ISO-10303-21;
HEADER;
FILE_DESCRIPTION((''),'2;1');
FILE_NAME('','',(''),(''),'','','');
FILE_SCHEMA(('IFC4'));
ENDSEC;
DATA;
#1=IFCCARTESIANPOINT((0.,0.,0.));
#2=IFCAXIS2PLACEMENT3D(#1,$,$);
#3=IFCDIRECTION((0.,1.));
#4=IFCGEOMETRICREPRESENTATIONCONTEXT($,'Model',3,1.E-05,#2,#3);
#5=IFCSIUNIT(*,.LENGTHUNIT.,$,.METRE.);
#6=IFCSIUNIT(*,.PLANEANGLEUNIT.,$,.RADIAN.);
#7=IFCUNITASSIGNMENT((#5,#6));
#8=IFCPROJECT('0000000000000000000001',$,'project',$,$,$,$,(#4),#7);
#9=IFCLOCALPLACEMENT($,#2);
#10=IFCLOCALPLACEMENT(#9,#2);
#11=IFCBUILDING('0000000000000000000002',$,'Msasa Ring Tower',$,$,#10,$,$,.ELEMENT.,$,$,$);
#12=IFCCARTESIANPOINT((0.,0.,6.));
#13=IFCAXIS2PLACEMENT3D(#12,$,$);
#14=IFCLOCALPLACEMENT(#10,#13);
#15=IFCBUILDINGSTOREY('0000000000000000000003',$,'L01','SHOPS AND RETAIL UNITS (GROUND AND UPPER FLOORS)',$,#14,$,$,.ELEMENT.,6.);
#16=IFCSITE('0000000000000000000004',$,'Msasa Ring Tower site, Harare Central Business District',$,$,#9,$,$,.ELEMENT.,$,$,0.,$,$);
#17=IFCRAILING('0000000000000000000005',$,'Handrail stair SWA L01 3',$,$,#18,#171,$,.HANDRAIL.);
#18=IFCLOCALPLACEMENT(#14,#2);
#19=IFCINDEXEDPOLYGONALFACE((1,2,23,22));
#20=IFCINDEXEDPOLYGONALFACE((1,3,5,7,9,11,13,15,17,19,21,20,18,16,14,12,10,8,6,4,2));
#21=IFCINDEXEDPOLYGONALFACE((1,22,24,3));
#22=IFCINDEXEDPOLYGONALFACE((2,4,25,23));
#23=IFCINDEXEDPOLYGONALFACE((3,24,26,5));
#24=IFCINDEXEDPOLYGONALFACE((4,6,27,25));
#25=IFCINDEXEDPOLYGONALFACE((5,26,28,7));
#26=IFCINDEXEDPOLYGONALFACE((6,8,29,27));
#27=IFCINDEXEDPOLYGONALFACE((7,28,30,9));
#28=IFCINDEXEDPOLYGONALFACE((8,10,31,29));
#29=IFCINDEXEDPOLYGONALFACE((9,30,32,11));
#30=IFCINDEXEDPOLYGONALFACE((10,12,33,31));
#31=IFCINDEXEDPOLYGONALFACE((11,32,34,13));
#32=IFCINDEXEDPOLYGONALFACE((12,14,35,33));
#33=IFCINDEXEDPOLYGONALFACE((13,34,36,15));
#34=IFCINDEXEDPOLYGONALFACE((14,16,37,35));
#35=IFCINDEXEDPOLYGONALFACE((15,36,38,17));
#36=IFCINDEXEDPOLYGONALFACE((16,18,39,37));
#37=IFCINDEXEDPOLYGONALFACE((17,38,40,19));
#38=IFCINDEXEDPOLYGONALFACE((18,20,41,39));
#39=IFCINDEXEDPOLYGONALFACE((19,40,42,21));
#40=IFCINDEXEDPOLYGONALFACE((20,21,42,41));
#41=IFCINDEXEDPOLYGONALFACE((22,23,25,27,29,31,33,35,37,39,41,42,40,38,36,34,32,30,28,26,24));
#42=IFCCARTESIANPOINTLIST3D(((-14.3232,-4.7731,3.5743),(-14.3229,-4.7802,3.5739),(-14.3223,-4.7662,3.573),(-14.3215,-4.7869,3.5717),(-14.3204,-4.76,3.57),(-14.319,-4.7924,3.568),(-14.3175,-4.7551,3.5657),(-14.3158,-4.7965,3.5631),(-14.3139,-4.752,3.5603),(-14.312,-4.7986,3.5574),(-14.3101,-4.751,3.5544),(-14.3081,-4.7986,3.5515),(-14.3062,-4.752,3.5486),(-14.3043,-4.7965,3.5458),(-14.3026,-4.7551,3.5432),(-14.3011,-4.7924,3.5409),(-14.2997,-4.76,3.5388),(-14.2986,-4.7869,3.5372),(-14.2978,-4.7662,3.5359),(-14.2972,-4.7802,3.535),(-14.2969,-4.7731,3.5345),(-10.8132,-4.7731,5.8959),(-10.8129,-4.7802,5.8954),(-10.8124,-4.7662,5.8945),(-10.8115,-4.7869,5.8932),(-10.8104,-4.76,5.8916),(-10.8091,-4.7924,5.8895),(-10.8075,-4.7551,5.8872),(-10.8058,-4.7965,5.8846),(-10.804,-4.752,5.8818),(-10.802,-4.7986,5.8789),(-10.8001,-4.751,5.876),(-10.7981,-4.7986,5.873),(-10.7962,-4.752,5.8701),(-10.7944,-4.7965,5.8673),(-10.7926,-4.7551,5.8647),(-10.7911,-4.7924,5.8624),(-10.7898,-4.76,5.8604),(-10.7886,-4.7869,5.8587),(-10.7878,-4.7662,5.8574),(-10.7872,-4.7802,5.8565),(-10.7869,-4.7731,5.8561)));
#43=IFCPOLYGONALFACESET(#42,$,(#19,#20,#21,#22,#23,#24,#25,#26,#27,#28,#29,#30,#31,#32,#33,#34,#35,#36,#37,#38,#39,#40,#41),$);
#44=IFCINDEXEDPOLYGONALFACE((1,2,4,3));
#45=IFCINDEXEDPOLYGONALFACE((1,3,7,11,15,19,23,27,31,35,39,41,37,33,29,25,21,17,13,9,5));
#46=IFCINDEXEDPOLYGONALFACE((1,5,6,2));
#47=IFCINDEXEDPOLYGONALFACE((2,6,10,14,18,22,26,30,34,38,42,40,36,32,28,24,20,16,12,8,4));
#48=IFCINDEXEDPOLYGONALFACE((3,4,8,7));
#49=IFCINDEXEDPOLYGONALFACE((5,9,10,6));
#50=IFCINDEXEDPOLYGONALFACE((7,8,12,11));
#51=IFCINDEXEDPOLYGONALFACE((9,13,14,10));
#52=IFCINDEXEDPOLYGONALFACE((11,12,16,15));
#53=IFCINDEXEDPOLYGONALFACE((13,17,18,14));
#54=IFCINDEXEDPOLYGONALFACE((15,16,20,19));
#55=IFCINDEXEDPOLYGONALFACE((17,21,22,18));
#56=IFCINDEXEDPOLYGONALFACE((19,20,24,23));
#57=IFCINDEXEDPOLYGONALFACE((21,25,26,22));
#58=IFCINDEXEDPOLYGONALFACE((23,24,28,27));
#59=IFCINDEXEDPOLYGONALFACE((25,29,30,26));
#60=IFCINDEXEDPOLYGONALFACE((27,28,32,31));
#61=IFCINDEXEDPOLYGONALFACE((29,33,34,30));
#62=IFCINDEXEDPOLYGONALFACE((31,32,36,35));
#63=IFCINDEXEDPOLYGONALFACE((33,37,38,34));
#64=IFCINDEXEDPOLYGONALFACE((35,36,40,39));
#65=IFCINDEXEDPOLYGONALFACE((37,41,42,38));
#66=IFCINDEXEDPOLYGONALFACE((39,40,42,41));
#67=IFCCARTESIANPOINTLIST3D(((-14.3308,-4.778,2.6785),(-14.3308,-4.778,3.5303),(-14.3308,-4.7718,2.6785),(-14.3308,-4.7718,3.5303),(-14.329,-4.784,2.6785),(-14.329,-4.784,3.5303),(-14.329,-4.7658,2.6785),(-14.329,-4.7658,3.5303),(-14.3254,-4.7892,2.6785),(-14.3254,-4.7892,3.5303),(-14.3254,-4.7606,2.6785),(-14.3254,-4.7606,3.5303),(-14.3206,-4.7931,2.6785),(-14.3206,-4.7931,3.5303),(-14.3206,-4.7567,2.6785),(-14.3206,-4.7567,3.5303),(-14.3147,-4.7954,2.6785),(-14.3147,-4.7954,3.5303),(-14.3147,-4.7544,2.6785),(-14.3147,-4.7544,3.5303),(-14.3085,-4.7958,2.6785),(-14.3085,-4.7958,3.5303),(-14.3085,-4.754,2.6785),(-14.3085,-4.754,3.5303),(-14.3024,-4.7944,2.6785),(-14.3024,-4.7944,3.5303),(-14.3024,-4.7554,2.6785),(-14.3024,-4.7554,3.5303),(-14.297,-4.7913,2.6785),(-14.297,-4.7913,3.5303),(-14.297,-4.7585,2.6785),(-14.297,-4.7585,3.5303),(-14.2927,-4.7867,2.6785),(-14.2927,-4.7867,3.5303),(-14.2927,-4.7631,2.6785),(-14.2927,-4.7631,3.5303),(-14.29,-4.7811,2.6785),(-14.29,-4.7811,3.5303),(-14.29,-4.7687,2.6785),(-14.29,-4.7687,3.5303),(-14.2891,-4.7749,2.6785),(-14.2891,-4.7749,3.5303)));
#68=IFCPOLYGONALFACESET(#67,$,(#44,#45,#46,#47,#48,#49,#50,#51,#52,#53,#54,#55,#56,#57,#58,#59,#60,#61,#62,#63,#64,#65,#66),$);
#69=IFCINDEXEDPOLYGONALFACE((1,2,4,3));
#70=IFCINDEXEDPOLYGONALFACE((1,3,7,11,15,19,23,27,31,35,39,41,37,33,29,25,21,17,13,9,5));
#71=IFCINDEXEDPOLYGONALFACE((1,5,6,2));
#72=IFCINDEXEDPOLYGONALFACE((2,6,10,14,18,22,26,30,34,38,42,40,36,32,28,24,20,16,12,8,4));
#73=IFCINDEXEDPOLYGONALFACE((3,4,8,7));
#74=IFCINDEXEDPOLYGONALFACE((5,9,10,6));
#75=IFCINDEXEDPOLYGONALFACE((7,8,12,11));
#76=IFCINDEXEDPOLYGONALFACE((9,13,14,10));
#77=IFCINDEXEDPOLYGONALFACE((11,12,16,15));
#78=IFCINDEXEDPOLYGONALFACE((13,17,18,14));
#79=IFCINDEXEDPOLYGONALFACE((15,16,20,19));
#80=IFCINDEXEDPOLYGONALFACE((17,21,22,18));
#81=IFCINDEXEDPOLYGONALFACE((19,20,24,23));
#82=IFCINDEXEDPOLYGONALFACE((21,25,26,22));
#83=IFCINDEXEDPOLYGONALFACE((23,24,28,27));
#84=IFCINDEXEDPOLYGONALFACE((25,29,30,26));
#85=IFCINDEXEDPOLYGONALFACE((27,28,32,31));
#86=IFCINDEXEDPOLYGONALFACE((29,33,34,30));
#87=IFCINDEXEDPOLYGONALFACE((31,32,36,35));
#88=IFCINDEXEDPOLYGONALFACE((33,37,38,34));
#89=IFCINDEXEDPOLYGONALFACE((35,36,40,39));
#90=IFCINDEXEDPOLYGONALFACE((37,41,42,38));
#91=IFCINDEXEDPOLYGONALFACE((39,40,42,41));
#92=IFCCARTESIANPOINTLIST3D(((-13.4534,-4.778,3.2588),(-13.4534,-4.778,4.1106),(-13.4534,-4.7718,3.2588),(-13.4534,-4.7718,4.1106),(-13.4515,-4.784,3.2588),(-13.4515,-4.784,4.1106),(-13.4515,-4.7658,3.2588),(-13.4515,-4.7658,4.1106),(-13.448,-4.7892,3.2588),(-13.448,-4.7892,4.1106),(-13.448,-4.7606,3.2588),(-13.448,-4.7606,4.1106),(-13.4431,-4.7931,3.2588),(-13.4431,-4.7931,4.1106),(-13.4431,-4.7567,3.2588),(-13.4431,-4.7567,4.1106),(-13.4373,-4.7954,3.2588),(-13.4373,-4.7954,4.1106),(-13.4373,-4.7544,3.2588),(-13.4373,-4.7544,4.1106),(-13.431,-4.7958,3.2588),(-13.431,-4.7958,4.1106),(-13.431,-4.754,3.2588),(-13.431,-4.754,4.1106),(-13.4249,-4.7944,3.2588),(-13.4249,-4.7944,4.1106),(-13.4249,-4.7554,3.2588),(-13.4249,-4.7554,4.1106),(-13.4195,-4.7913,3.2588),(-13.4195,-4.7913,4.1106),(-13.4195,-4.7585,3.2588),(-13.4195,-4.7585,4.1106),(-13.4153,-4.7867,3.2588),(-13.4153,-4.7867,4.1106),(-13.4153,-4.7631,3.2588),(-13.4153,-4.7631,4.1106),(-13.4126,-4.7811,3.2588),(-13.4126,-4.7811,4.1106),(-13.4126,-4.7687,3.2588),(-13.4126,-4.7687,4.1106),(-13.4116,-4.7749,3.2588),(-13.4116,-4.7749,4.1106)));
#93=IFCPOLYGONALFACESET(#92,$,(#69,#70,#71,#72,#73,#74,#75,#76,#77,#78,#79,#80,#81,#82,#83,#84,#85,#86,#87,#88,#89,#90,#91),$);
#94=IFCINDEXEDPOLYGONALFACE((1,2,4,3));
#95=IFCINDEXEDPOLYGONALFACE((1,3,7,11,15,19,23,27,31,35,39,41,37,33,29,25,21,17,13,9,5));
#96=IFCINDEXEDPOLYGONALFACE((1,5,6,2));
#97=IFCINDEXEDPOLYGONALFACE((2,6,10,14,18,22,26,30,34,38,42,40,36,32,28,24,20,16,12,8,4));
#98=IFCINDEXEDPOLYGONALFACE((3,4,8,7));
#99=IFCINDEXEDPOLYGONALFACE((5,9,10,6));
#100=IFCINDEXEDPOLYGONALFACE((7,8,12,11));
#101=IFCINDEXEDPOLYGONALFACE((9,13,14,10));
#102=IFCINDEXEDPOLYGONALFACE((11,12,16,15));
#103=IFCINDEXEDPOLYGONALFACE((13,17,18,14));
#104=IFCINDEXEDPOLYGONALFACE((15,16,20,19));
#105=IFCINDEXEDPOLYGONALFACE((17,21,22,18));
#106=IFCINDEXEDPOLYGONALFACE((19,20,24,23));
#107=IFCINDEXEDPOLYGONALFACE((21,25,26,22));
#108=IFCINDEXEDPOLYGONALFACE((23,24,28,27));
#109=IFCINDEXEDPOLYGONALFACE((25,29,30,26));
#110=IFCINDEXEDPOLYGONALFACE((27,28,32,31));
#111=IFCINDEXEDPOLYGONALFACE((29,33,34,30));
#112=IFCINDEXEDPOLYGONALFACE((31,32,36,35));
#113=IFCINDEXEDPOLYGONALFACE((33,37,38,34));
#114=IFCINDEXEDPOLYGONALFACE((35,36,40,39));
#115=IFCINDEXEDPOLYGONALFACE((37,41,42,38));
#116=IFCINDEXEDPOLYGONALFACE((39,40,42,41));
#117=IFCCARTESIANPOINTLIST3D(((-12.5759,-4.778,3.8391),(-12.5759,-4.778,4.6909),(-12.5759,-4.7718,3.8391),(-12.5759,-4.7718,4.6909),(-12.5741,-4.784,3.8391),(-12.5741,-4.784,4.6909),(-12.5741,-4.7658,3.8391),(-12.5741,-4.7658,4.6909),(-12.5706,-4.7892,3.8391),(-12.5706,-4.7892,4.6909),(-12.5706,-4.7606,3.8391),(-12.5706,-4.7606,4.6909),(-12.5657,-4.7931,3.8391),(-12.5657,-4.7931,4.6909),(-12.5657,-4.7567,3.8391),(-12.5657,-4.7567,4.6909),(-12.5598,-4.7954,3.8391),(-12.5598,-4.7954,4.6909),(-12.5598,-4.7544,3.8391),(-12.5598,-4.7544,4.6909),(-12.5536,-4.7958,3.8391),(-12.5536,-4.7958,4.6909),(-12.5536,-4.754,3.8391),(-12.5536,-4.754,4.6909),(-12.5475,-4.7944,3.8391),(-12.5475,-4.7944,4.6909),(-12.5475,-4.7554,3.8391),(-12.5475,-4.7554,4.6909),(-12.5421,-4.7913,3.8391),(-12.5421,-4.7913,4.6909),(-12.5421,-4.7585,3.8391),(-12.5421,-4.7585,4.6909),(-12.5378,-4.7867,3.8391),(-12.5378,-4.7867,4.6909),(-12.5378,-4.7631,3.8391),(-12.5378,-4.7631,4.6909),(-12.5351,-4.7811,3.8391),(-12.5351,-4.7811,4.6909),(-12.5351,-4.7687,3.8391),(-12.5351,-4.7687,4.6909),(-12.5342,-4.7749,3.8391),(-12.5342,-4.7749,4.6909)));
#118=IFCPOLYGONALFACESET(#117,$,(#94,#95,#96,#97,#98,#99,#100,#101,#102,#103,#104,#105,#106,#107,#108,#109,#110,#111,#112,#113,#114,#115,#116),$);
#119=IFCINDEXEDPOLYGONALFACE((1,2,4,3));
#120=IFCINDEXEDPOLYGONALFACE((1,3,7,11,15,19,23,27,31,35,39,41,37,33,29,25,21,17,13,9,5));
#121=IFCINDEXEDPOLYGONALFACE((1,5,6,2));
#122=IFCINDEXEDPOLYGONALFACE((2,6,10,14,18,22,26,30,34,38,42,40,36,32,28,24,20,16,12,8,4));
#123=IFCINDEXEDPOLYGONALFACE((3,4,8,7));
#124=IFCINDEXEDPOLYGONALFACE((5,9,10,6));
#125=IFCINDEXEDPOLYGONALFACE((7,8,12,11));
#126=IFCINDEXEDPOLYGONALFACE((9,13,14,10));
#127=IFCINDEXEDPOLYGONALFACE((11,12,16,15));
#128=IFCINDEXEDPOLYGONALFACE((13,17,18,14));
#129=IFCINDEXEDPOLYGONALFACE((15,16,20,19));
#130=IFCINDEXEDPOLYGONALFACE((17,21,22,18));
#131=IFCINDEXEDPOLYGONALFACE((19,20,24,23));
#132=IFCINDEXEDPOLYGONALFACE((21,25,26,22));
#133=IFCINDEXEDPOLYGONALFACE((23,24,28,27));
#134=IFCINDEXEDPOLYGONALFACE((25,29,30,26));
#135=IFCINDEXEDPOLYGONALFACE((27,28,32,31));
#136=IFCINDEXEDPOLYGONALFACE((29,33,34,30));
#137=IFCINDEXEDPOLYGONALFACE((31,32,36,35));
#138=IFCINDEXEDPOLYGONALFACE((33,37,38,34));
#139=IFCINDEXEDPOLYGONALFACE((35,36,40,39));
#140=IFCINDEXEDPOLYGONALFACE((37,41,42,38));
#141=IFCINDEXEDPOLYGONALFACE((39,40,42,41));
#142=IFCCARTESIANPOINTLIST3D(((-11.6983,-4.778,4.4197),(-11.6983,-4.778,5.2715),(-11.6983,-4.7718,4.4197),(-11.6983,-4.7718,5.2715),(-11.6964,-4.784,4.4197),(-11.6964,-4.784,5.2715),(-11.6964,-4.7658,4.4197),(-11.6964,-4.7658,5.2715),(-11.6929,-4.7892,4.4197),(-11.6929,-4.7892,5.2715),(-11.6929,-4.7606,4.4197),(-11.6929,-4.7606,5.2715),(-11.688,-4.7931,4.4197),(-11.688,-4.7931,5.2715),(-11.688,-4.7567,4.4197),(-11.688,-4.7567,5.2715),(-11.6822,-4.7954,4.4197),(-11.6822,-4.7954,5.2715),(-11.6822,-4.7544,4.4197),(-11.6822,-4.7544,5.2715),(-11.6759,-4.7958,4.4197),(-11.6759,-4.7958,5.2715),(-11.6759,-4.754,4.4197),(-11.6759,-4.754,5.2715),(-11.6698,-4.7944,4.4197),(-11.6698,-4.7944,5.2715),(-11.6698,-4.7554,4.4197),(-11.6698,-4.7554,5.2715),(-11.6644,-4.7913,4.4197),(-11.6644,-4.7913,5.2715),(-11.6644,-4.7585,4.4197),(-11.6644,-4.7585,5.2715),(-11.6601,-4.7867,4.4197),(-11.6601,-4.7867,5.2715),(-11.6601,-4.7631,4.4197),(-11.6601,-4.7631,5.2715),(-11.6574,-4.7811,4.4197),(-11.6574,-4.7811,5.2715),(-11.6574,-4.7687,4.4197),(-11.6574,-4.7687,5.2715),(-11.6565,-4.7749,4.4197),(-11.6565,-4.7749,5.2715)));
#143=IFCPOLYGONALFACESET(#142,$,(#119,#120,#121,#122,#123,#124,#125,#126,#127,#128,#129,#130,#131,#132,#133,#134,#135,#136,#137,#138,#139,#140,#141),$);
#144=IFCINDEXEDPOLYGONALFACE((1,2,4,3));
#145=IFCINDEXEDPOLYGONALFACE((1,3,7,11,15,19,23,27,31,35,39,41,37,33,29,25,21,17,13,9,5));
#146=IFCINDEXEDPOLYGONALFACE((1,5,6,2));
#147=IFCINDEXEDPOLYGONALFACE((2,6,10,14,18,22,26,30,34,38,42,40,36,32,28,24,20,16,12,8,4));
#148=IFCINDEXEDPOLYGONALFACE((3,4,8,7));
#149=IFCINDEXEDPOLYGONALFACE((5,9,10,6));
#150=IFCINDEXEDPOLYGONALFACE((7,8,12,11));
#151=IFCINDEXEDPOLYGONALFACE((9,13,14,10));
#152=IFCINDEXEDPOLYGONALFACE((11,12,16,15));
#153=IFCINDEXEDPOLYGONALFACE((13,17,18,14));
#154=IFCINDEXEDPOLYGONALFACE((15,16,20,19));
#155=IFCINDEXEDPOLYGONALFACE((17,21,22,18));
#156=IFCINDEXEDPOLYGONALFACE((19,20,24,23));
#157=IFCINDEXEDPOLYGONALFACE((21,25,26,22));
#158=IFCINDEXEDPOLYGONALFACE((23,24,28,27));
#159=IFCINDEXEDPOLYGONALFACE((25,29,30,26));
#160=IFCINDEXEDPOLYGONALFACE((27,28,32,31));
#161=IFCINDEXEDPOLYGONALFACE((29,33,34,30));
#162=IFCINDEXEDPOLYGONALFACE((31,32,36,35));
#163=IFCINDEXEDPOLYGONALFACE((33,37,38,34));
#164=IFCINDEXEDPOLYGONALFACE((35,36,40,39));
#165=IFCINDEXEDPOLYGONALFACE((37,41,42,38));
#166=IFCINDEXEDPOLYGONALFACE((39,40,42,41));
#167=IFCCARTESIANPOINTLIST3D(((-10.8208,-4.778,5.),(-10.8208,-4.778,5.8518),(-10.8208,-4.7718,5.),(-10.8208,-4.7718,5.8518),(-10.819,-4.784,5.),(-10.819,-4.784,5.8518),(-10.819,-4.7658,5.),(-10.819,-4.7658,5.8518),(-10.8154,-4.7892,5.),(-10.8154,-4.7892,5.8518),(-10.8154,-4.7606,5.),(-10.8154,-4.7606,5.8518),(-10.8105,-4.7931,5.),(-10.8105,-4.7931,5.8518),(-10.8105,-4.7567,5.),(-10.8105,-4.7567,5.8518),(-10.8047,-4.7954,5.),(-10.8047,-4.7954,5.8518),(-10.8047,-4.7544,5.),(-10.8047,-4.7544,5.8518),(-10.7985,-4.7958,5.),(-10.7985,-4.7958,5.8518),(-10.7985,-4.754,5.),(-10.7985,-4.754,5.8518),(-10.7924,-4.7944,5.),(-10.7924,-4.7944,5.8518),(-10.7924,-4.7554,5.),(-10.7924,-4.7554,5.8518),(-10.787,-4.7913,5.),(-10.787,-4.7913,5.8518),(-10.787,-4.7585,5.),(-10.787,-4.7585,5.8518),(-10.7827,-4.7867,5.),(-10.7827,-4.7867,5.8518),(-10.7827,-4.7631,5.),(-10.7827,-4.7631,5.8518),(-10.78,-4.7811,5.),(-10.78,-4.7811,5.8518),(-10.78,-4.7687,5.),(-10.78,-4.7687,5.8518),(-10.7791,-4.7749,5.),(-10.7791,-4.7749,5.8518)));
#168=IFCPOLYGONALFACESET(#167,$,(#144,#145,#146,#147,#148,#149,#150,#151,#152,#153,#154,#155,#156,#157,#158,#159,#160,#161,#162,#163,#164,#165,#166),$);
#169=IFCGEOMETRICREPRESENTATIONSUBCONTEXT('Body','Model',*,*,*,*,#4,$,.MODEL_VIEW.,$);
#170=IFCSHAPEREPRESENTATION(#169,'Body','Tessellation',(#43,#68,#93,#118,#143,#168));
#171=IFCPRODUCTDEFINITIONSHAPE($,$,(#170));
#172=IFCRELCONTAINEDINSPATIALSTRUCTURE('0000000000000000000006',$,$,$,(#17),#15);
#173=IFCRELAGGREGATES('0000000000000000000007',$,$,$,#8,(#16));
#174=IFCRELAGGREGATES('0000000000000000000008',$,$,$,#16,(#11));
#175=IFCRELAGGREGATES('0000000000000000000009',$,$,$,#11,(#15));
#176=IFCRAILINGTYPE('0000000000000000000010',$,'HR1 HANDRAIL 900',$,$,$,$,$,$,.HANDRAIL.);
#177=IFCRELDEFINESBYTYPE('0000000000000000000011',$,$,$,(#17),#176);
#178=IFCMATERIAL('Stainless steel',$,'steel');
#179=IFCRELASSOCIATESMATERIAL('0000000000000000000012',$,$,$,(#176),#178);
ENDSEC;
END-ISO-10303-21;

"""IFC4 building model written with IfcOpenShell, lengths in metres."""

from ifc_helpers import new_model, si_unit, direction, frame, origin, origin_2d, place, context, subcontext, project, spatial, circle, extrude, material, type_object, element, save


model = new_model("IFC4")

# Units and contexts
model_context = context("Model", 3, precision=1e-05, world=origin(), true_north=direction((0.0, 1.0)))
body_context = subcontext(model_context, "Body", "Model", "MODEL_VIEW")
ifc_project = project(units=[si_unit("LENGTHUNIT", "METRE"), si_unit("PLANEANGLEUNIT", "RADIAN")], contexts=[model_context])

# Site, building, storey
site_placement = place(None, origin())
site = spatial("IfcSite", under=ifc_project, at=site_placement, Name="Msasa Ring Tower site, Harare Central Business District", CompositionType="ELEMENT", RefElevation=0.0)
building_placement = place(site_placement, origin())
building = spatial("IfcBuilding", under=site, at=building_placement, Name="Msasa Ring Tower", CompositionType="ELEMENT")
storey_placement = place(building_placement, frame((0.0, 0.0, 6.0)))
storey = spatial("IfcBuildingStorey", under=building, at=storey_placement, Name="L01", Description="SHOPS AND RETAIL UNITS (GROUND AND UPPER FLOORS)", CompositionType="ELEMENT", Elevation=6.0)

# Railing
ifc_material_1 = material(Name="Stainless steel", Category="steel")
railing_type = type_object("IfcRailingType", Name="HR1 HANDRAIL 900", PredefinedType="HANDRAIL", material=ifc_material_1)
for number, where, name in (
    (1, (-14.3101, -4.7749, 2.6785), "Handrail stair SWA L01 3"),
):
    element("IfcRailing", number, at=place(storey_placement, frame(where)), inside=storey, type_object=railing_type, Name=name, PredefinedType="HANDRAIL", context=body_context, shape_type="SweptSolid", body=[
        extrude(circle(Radius=0.0239, at=origin_2d()), frame((0.0, 0.0, 0.876), z_axis=(0.834071, 0.0, 0.551657), x_axis=(0.0, 1.0, 0.0)), (0.0, 0.0, 1.0), 4.2083),
        extrude(circle(Radius=0.021, at=origin_2d()), origin(), (0.0, 0.0, 1.0), 0.8518),
        extrude(circle(Radius=0.021, at=origin_2d()), frame((0.8774, 0.0, 0.5803)), (0.0, 0.0, 1.0), 0.8518),
        extrude(circle(Radius=0.021, at=origin_2d()), frame((1.7549, 0.0, 1.1606)), (0.0, 0.0, 1.0), 0.8518),
        extrude(circle(Radius=0.021, at=origin_2d()), frame((2.6326, 0.0, 1.7412)), (0.0, 0.0, 1.0), 0.8518),
        extrude(circle(Radius=0.021, at=origin_2d()), frame((3.51, 0.0, 2.3215)), (0.0, 0.0, 1.0), 0.8518),
    ])

save(model, "model.ifc")
